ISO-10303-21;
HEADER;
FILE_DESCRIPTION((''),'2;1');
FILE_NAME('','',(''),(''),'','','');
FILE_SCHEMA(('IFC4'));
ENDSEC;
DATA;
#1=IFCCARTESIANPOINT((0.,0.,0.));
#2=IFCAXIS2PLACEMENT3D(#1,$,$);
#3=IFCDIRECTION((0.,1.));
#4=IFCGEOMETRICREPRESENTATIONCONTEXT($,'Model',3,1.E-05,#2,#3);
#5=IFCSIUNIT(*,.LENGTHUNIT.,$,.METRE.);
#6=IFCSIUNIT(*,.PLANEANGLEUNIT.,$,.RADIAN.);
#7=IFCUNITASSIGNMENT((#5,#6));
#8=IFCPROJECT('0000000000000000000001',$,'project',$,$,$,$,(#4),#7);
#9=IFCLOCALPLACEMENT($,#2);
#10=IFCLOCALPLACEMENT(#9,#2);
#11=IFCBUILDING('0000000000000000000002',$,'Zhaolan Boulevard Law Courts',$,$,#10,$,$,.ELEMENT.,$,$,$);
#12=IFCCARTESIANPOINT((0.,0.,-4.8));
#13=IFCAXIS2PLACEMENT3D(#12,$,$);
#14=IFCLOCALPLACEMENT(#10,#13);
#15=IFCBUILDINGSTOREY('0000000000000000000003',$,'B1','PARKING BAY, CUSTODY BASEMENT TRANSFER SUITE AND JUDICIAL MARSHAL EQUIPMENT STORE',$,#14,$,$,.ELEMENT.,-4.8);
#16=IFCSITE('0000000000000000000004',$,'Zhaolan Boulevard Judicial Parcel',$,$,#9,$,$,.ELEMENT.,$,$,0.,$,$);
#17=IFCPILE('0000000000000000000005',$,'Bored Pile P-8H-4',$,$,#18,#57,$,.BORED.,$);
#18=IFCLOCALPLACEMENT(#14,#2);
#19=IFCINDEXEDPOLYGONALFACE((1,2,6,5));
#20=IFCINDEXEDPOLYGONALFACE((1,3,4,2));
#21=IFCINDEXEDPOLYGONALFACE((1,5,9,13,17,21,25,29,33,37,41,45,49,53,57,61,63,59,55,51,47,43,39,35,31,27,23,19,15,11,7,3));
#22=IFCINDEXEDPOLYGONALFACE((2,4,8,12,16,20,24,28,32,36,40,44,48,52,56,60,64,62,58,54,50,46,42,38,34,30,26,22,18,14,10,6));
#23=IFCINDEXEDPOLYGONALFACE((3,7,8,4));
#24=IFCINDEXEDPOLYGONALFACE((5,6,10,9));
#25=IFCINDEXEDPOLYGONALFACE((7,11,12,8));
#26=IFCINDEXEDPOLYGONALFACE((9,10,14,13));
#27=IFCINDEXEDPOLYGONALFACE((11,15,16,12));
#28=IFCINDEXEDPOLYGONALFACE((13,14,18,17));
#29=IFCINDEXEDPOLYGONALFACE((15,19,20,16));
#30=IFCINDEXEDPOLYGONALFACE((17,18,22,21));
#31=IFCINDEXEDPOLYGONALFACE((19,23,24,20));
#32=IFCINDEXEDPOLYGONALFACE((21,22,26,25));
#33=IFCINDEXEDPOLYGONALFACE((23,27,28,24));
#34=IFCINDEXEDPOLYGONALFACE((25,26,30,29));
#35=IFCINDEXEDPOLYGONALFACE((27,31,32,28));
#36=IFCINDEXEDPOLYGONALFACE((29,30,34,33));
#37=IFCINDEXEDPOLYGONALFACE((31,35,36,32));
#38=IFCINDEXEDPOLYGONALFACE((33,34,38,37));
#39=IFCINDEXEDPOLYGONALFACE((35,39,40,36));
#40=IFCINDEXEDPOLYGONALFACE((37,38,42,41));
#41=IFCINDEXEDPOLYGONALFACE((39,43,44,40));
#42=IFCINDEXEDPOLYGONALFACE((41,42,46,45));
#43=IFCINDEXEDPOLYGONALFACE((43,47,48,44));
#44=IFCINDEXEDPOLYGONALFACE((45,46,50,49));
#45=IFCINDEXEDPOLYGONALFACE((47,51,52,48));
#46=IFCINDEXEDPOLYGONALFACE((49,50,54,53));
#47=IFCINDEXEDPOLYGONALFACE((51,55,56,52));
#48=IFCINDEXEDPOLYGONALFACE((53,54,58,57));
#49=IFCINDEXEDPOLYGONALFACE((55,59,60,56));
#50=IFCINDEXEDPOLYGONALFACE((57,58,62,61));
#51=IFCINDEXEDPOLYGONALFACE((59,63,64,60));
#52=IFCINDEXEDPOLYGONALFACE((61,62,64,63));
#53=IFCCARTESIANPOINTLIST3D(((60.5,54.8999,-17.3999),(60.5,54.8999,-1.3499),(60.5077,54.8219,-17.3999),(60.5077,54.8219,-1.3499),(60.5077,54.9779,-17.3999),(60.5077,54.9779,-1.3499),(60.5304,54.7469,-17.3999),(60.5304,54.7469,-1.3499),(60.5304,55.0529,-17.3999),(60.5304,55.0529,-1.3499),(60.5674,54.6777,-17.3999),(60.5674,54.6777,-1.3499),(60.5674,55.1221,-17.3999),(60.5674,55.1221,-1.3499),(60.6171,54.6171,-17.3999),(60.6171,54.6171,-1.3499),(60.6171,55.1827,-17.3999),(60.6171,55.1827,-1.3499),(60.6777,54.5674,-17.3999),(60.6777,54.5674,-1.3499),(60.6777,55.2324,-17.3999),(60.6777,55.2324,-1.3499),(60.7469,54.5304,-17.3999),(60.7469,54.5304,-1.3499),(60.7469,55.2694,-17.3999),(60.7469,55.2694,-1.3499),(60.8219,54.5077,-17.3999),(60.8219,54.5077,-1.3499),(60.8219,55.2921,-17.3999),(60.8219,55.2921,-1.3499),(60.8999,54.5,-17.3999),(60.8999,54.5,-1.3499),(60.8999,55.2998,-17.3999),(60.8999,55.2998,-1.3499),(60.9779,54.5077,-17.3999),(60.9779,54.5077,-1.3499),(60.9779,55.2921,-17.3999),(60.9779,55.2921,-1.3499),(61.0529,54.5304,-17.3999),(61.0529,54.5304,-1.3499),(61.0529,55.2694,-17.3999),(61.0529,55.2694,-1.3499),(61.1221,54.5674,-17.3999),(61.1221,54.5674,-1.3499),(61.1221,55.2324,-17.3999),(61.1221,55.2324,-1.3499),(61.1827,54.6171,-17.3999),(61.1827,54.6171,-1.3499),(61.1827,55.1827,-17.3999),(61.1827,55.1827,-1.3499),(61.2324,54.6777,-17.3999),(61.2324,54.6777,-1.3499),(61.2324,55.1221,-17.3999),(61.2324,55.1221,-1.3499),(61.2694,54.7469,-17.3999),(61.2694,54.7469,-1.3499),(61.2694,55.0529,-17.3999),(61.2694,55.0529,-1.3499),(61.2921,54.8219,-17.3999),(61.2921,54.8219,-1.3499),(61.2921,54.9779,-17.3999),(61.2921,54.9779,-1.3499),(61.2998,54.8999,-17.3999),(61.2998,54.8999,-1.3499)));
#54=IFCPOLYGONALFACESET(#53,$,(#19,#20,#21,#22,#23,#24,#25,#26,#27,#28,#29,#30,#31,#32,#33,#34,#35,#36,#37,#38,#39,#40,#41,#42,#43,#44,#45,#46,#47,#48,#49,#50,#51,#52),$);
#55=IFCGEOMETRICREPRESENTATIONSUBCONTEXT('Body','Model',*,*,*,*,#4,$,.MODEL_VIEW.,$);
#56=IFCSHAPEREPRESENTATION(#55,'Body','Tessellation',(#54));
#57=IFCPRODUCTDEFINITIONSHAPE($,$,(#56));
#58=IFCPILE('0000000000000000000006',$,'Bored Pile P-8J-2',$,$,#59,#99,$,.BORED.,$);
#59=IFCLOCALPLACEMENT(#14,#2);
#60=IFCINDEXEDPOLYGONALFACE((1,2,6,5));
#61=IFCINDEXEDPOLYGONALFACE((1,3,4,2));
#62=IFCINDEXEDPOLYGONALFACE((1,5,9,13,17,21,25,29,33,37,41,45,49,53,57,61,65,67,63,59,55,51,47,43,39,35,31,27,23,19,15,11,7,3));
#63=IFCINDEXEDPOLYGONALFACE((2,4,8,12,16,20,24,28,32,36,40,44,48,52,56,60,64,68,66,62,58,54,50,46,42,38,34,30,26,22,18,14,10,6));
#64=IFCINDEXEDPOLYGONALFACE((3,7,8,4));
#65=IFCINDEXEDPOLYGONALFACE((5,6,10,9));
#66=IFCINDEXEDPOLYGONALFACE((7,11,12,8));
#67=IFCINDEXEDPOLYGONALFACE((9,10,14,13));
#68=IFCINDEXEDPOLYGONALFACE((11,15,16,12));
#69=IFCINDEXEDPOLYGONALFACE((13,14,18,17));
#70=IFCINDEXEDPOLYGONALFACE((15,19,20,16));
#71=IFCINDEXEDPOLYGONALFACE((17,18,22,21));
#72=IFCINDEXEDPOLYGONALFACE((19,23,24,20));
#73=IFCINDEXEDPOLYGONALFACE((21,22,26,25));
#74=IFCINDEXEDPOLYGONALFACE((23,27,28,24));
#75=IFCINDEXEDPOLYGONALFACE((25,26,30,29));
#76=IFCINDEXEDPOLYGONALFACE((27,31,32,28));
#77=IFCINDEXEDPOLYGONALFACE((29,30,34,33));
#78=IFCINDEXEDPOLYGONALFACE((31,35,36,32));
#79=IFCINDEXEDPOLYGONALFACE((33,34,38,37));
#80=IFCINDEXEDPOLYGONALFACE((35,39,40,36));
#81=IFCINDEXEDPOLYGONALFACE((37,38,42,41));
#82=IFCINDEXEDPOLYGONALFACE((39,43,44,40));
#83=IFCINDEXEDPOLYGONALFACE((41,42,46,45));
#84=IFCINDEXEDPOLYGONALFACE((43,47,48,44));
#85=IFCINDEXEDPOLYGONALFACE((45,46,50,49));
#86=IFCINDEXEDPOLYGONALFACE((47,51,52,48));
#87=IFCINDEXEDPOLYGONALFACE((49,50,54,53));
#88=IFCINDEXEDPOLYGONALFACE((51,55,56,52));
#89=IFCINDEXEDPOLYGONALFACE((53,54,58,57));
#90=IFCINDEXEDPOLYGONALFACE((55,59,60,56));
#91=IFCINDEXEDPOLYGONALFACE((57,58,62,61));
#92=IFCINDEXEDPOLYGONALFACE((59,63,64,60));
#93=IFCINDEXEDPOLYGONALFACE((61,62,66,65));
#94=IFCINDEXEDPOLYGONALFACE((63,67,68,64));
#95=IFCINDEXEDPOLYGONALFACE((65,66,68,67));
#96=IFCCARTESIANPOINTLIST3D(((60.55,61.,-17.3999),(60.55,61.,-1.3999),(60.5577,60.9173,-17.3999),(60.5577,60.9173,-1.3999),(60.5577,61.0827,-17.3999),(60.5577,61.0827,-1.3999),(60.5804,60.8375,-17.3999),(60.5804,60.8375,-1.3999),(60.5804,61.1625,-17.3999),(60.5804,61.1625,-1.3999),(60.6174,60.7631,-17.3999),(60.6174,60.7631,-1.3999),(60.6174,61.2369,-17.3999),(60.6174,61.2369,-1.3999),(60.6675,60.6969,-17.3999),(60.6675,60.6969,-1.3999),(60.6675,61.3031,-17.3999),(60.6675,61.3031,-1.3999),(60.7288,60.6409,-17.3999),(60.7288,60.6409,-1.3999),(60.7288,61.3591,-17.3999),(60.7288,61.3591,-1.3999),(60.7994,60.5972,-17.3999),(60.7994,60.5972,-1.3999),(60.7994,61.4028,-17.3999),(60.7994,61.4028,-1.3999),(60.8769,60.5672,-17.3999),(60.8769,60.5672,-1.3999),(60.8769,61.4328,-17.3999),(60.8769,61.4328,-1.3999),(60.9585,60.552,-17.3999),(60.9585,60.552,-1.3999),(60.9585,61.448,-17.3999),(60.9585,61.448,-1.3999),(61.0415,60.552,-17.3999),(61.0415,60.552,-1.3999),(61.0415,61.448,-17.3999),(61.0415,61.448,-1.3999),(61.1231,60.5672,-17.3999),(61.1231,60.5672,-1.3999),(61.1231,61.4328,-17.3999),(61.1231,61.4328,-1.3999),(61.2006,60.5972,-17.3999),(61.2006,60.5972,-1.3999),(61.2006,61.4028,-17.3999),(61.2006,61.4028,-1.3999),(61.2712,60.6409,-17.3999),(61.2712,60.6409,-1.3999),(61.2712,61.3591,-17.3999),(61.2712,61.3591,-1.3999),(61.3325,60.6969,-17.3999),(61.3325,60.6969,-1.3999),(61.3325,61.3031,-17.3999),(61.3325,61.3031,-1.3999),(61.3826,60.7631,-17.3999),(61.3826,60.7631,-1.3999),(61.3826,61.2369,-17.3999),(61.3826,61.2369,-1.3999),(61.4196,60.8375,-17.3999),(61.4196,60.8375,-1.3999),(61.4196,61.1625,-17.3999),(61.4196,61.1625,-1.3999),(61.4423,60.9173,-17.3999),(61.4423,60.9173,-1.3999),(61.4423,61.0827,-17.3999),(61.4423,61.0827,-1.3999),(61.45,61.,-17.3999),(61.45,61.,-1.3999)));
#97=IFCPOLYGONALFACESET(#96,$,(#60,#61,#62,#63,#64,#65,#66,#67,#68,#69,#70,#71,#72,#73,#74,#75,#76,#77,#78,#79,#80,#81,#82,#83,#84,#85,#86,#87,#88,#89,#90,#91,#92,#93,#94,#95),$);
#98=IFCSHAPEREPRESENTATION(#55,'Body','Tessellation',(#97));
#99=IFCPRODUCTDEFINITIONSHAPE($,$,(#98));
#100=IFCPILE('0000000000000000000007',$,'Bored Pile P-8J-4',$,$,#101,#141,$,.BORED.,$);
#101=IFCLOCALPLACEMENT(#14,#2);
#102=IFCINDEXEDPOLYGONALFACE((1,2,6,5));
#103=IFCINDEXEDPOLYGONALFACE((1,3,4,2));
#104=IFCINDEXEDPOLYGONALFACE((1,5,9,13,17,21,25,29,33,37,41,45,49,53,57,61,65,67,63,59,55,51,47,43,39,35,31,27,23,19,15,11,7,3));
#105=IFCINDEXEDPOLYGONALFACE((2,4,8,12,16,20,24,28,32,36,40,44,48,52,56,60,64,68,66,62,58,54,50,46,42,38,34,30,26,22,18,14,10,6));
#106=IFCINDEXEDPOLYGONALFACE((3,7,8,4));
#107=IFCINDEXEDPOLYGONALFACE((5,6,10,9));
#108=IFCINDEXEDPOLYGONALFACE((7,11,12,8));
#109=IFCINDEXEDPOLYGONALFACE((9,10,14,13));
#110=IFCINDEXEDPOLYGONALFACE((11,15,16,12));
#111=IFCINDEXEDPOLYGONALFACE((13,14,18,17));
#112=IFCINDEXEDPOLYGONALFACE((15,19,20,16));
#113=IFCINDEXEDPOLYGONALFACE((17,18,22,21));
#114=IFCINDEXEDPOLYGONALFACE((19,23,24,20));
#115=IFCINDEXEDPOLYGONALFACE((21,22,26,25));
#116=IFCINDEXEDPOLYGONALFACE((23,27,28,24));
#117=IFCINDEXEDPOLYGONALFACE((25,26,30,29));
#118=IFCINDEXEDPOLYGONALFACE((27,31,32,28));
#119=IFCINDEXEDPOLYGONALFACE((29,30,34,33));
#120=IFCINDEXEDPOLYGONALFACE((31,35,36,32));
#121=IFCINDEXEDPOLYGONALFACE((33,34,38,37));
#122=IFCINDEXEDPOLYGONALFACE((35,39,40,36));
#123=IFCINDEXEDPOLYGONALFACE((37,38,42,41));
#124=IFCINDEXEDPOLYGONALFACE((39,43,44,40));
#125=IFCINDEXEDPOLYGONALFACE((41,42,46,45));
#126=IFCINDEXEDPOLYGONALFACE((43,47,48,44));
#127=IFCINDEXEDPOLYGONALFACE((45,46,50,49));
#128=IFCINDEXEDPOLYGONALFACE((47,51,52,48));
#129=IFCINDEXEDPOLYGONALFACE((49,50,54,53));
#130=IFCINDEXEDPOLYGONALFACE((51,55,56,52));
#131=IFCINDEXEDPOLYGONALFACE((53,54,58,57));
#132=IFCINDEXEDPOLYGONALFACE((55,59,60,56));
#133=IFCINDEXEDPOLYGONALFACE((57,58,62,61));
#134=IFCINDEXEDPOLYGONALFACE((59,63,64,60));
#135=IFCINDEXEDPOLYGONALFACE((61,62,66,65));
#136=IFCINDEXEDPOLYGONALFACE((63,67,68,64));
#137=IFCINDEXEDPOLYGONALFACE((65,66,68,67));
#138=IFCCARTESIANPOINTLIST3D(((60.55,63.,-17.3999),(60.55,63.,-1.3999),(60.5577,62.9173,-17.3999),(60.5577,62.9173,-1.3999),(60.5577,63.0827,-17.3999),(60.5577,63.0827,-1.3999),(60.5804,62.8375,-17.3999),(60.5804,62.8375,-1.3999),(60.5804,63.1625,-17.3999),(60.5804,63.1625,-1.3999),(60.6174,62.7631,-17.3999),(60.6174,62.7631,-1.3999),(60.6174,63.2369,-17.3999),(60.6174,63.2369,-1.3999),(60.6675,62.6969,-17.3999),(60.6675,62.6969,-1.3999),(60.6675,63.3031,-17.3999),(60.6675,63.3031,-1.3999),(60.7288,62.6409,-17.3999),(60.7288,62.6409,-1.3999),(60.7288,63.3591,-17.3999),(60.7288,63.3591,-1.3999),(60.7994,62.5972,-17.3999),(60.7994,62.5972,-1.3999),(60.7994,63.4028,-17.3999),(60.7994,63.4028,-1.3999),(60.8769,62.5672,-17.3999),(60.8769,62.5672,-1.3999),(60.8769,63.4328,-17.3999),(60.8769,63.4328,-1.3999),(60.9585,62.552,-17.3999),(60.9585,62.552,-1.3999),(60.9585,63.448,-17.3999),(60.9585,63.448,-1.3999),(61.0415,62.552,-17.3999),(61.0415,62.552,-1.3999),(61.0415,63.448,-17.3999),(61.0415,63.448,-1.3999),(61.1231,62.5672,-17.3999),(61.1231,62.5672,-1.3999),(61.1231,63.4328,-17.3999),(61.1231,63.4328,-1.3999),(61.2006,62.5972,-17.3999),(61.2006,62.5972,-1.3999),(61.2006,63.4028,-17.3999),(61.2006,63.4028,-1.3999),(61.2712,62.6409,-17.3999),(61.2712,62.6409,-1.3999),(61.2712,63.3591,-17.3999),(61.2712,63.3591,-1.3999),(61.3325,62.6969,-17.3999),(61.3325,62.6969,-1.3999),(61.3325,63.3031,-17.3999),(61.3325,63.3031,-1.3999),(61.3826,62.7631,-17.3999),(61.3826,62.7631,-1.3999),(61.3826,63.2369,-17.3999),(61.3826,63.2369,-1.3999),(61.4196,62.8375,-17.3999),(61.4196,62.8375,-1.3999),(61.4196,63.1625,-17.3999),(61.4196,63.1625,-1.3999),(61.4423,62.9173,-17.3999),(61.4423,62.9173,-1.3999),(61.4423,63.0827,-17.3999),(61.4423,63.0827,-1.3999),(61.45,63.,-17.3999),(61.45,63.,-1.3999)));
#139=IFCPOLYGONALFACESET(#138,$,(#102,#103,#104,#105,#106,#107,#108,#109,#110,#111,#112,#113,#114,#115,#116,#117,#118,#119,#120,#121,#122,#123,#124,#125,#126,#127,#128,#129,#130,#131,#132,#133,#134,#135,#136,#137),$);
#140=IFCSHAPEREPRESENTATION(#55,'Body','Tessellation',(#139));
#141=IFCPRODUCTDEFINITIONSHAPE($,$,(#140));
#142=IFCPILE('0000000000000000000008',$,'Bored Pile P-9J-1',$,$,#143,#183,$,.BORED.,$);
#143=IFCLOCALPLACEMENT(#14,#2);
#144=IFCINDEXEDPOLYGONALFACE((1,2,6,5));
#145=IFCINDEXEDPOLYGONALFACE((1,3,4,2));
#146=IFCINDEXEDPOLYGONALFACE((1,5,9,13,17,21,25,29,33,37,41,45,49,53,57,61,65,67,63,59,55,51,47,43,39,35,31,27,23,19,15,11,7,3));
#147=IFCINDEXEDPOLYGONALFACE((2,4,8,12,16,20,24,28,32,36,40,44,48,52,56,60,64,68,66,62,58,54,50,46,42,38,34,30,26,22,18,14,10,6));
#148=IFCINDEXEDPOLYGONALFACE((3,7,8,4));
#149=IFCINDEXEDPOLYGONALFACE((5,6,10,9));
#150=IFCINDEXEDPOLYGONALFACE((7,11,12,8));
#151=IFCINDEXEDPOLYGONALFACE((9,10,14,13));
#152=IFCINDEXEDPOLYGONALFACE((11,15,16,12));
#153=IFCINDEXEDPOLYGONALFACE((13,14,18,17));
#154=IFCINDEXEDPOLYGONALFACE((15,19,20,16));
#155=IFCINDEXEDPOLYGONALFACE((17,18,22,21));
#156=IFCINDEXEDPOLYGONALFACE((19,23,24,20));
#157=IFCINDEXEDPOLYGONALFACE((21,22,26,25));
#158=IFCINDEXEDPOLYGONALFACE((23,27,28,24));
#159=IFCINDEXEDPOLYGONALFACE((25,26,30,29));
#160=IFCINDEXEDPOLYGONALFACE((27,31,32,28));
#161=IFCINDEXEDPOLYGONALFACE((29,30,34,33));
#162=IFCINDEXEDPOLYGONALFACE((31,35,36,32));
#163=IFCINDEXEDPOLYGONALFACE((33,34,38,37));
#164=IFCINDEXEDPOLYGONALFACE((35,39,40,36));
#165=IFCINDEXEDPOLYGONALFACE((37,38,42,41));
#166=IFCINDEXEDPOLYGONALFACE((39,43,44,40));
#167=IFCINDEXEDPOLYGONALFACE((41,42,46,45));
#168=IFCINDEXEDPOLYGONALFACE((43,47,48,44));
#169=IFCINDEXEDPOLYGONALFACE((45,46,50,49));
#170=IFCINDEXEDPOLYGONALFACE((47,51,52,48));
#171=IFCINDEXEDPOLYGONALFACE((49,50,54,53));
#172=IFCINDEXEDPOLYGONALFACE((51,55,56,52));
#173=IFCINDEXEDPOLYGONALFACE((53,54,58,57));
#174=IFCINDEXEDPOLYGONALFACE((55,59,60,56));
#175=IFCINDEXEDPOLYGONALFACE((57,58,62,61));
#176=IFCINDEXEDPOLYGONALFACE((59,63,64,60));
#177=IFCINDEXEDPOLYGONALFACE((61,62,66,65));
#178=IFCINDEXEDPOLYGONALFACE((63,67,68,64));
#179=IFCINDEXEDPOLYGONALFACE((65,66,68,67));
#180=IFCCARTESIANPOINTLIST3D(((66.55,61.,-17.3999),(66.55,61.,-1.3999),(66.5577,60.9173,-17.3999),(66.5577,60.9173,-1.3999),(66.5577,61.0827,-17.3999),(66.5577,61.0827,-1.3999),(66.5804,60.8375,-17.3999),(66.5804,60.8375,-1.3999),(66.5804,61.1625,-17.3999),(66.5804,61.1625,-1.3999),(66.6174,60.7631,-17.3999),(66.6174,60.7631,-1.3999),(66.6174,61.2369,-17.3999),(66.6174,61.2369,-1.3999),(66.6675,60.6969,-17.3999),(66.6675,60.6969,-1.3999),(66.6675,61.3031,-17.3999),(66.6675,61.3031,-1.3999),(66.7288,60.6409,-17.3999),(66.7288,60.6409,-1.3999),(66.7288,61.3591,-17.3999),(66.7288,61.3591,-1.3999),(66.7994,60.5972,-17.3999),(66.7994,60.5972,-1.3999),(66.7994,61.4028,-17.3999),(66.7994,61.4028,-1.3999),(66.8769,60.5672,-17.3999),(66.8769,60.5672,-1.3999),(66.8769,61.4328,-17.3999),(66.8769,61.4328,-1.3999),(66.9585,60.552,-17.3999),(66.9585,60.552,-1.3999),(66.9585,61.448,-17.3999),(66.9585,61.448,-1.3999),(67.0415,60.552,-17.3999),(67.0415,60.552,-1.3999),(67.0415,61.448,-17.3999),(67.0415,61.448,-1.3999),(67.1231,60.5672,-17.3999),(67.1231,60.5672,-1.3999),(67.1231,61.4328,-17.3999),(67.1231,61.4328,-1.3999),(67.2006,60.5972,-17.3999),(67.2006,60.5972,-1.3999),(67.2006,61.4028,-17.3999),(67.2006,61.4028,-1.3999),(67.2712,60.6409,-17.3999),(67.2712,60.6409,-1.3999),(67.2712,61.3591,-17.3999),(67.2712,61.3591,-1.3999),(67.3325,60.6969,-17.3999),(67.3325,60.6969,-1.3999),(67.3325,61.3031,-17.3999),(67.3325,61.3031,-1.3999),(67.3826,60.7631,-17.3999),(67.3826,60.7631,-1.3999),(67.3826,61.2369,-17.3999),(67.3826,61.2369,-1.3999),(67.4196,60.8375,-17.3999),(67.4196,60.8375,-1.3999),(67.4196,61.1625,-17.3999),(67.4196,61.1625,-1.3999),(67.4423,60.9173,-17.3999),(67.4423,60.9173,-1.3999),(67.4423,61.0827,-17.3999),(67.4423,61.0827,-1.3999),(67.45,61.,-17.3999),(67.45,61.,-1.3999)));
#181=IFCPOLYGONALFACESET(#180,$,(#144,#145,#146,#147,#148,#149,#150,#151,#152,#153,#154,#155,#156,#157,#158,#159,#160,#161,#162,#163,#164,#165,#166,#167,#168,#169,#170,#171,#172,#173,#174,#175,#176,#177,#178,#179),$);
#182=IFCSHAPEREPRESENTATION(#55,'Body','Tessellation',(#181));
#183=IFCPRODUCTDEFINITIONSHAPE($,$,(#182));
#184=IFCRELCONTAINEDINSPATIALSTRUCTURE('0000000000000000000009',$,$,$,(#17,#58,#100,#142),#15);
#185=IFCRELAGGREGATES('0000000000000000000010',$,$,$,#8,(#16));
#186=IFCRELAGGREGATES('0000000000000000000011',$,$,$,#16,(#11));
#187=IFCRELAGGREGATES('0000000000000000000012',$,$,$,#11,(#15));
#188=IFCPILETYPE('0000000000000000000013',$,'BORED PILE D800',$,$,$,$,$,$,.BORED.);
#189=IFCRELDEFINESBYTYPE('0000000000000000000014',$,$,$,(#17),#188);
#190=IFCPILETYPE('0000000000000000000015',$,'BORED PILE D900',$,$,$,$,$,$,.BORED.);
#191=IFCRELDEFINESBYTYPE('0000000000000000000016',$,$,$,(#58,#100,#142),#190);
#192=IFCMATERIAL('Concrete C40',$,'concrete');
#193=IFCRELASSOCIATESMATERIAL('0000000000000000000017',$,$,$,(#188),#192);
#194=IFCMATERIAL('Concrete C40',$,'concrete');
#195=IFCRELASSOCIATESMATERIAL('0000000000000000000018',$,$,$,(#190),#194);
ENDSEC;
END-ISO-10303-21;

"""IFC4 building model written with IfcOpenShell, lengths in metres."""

from ifc_helpers import new_model, si_unit, direction, frame, origin, origin_2d, place, context, subcontext, project, spatial, circle, extrude, material, material_profile, profile_set, type_object, element, save


model = new_model("IFC4")

# Units and contexts
model_context = context("Model", 3, precision=1e-05, world=origin(), true_north=direction((0.0, 1.0)))
body_context = subcontext(model_context, "Body", "Model", "MODEL_VIEW")
ifc_project = project(units=[si_unit("LENGTHUNIT", "METRE"), si_unit("PLANEANGLEUNIT", "RADIAN")], contexts=[model_context])

# Site, building, storey
site_placement = place(None, origin())
site = spatial("IfcSite", under=ifc_project, at=site_placement, Name="Zhaolan Boulevard Judicial Parcel", CompositionType="ELEMENT", RefElevation=0.0)
building_placement = place(site_placement, origin())
building = spatial("IfcBuilding", under=site, at=building_placement, Name="Zhaolan Boulevard Law Courts", CompositionType="ELEMENT")
storey_placement = place(building_placement, frame((0.0, 0.0, -4.8)))
storey = spatial("IfcBuildingStorey", under=building, at=storey_placement, Name="B1", Description="PARKING BAY, CUSTODY BASEMENT TRANSFER SUITE AND JUDICIAL MARSHAL EQUIPMENT STORE", CompositionType="ELEMENT", Elevation=-4.8)

# Piles
ifc_material_1 = material(Name="Concrete C40", Category="concrete")
ifc_material_profile_1 = material_profile(ifc_material_1, circle(Radius=0.3999, at=origin_2d()), Name="PILE-D800")
ifc_profile_set_1 = profile_set([ifc_material_profile_1], Name="Concrete C40")
pile_type_1 = type_object("IfcPileType", Name="BORED PILE D800", PredefinedType="BORED", material=ifc_profile_set_1)
pile_placement = place(storey_placement, frame((60.8999, 54.8999, -1.3499), z_axis=(0.0, 0.0, -1.0), x_axis=(1.0, 0.0, 0.0)))
element("IfcPile", 1, at=pile_placement, inside=storey, type_object=pile_type_1, Name="Bored Pile P-8H-4", PredefinedType="BORED", context=body_context, shape_type="SweptSolid", body=[
    extrude(circle(Radius=0.3999, at=origin_2d()), origin(), (0.0, 0.0, 1.0), 16.05),
])
ifc_material_2 = material(Name="Concrete C40", Category="concrete")
ifc_material_profile_2 = material_profile(ifc_material_2, circle(Radius=0.45, at=origin_2d()), Name="PILE-D900")
ifc_profile_set_2 = profile_set([ifc_material_profile_2], Name="Concrete C40")
pile_type_2 = type_object("IfcPileType", Name="BORED PILE D900", PredefinedType="BORED", material=ifc_profile_set_2)
for number, where, z_axis, x_axis, name in (
    (2, (61.0, 61.0, -1.3999), (0.0, 0.0, -1.0), (1.0, 0.0, 0.0), "Bored Pile P-8J-2"),
    (3, (61.0, 63.0, -1.3999), (0.0, 0.0, -1.0), (1.0, 0.0, 0.0), "Bored Pile P-8J-4"),
    (4, (67.0, 61.0, -1.3999), (0.0, 0.0, -1.0), (1.0, 0.0, 0.0), "Bored Pile P-9J-1"),
):
    element("IfcPile", number, at=place(storey_placement, frame(where, z_axis=z_axis, x_axis=x_axis)), inside=storey, type_object=pile_type_2, Name=name, PredefinedType="BORED", context=body_context, shape_type="SweptSolid", body=[
        extrude(circle(Radius=0.45, at=origin_2d()), origin(), (0.0, 0.0, 1.0), 16.0),
    ])

save(model, "model.ifc")
